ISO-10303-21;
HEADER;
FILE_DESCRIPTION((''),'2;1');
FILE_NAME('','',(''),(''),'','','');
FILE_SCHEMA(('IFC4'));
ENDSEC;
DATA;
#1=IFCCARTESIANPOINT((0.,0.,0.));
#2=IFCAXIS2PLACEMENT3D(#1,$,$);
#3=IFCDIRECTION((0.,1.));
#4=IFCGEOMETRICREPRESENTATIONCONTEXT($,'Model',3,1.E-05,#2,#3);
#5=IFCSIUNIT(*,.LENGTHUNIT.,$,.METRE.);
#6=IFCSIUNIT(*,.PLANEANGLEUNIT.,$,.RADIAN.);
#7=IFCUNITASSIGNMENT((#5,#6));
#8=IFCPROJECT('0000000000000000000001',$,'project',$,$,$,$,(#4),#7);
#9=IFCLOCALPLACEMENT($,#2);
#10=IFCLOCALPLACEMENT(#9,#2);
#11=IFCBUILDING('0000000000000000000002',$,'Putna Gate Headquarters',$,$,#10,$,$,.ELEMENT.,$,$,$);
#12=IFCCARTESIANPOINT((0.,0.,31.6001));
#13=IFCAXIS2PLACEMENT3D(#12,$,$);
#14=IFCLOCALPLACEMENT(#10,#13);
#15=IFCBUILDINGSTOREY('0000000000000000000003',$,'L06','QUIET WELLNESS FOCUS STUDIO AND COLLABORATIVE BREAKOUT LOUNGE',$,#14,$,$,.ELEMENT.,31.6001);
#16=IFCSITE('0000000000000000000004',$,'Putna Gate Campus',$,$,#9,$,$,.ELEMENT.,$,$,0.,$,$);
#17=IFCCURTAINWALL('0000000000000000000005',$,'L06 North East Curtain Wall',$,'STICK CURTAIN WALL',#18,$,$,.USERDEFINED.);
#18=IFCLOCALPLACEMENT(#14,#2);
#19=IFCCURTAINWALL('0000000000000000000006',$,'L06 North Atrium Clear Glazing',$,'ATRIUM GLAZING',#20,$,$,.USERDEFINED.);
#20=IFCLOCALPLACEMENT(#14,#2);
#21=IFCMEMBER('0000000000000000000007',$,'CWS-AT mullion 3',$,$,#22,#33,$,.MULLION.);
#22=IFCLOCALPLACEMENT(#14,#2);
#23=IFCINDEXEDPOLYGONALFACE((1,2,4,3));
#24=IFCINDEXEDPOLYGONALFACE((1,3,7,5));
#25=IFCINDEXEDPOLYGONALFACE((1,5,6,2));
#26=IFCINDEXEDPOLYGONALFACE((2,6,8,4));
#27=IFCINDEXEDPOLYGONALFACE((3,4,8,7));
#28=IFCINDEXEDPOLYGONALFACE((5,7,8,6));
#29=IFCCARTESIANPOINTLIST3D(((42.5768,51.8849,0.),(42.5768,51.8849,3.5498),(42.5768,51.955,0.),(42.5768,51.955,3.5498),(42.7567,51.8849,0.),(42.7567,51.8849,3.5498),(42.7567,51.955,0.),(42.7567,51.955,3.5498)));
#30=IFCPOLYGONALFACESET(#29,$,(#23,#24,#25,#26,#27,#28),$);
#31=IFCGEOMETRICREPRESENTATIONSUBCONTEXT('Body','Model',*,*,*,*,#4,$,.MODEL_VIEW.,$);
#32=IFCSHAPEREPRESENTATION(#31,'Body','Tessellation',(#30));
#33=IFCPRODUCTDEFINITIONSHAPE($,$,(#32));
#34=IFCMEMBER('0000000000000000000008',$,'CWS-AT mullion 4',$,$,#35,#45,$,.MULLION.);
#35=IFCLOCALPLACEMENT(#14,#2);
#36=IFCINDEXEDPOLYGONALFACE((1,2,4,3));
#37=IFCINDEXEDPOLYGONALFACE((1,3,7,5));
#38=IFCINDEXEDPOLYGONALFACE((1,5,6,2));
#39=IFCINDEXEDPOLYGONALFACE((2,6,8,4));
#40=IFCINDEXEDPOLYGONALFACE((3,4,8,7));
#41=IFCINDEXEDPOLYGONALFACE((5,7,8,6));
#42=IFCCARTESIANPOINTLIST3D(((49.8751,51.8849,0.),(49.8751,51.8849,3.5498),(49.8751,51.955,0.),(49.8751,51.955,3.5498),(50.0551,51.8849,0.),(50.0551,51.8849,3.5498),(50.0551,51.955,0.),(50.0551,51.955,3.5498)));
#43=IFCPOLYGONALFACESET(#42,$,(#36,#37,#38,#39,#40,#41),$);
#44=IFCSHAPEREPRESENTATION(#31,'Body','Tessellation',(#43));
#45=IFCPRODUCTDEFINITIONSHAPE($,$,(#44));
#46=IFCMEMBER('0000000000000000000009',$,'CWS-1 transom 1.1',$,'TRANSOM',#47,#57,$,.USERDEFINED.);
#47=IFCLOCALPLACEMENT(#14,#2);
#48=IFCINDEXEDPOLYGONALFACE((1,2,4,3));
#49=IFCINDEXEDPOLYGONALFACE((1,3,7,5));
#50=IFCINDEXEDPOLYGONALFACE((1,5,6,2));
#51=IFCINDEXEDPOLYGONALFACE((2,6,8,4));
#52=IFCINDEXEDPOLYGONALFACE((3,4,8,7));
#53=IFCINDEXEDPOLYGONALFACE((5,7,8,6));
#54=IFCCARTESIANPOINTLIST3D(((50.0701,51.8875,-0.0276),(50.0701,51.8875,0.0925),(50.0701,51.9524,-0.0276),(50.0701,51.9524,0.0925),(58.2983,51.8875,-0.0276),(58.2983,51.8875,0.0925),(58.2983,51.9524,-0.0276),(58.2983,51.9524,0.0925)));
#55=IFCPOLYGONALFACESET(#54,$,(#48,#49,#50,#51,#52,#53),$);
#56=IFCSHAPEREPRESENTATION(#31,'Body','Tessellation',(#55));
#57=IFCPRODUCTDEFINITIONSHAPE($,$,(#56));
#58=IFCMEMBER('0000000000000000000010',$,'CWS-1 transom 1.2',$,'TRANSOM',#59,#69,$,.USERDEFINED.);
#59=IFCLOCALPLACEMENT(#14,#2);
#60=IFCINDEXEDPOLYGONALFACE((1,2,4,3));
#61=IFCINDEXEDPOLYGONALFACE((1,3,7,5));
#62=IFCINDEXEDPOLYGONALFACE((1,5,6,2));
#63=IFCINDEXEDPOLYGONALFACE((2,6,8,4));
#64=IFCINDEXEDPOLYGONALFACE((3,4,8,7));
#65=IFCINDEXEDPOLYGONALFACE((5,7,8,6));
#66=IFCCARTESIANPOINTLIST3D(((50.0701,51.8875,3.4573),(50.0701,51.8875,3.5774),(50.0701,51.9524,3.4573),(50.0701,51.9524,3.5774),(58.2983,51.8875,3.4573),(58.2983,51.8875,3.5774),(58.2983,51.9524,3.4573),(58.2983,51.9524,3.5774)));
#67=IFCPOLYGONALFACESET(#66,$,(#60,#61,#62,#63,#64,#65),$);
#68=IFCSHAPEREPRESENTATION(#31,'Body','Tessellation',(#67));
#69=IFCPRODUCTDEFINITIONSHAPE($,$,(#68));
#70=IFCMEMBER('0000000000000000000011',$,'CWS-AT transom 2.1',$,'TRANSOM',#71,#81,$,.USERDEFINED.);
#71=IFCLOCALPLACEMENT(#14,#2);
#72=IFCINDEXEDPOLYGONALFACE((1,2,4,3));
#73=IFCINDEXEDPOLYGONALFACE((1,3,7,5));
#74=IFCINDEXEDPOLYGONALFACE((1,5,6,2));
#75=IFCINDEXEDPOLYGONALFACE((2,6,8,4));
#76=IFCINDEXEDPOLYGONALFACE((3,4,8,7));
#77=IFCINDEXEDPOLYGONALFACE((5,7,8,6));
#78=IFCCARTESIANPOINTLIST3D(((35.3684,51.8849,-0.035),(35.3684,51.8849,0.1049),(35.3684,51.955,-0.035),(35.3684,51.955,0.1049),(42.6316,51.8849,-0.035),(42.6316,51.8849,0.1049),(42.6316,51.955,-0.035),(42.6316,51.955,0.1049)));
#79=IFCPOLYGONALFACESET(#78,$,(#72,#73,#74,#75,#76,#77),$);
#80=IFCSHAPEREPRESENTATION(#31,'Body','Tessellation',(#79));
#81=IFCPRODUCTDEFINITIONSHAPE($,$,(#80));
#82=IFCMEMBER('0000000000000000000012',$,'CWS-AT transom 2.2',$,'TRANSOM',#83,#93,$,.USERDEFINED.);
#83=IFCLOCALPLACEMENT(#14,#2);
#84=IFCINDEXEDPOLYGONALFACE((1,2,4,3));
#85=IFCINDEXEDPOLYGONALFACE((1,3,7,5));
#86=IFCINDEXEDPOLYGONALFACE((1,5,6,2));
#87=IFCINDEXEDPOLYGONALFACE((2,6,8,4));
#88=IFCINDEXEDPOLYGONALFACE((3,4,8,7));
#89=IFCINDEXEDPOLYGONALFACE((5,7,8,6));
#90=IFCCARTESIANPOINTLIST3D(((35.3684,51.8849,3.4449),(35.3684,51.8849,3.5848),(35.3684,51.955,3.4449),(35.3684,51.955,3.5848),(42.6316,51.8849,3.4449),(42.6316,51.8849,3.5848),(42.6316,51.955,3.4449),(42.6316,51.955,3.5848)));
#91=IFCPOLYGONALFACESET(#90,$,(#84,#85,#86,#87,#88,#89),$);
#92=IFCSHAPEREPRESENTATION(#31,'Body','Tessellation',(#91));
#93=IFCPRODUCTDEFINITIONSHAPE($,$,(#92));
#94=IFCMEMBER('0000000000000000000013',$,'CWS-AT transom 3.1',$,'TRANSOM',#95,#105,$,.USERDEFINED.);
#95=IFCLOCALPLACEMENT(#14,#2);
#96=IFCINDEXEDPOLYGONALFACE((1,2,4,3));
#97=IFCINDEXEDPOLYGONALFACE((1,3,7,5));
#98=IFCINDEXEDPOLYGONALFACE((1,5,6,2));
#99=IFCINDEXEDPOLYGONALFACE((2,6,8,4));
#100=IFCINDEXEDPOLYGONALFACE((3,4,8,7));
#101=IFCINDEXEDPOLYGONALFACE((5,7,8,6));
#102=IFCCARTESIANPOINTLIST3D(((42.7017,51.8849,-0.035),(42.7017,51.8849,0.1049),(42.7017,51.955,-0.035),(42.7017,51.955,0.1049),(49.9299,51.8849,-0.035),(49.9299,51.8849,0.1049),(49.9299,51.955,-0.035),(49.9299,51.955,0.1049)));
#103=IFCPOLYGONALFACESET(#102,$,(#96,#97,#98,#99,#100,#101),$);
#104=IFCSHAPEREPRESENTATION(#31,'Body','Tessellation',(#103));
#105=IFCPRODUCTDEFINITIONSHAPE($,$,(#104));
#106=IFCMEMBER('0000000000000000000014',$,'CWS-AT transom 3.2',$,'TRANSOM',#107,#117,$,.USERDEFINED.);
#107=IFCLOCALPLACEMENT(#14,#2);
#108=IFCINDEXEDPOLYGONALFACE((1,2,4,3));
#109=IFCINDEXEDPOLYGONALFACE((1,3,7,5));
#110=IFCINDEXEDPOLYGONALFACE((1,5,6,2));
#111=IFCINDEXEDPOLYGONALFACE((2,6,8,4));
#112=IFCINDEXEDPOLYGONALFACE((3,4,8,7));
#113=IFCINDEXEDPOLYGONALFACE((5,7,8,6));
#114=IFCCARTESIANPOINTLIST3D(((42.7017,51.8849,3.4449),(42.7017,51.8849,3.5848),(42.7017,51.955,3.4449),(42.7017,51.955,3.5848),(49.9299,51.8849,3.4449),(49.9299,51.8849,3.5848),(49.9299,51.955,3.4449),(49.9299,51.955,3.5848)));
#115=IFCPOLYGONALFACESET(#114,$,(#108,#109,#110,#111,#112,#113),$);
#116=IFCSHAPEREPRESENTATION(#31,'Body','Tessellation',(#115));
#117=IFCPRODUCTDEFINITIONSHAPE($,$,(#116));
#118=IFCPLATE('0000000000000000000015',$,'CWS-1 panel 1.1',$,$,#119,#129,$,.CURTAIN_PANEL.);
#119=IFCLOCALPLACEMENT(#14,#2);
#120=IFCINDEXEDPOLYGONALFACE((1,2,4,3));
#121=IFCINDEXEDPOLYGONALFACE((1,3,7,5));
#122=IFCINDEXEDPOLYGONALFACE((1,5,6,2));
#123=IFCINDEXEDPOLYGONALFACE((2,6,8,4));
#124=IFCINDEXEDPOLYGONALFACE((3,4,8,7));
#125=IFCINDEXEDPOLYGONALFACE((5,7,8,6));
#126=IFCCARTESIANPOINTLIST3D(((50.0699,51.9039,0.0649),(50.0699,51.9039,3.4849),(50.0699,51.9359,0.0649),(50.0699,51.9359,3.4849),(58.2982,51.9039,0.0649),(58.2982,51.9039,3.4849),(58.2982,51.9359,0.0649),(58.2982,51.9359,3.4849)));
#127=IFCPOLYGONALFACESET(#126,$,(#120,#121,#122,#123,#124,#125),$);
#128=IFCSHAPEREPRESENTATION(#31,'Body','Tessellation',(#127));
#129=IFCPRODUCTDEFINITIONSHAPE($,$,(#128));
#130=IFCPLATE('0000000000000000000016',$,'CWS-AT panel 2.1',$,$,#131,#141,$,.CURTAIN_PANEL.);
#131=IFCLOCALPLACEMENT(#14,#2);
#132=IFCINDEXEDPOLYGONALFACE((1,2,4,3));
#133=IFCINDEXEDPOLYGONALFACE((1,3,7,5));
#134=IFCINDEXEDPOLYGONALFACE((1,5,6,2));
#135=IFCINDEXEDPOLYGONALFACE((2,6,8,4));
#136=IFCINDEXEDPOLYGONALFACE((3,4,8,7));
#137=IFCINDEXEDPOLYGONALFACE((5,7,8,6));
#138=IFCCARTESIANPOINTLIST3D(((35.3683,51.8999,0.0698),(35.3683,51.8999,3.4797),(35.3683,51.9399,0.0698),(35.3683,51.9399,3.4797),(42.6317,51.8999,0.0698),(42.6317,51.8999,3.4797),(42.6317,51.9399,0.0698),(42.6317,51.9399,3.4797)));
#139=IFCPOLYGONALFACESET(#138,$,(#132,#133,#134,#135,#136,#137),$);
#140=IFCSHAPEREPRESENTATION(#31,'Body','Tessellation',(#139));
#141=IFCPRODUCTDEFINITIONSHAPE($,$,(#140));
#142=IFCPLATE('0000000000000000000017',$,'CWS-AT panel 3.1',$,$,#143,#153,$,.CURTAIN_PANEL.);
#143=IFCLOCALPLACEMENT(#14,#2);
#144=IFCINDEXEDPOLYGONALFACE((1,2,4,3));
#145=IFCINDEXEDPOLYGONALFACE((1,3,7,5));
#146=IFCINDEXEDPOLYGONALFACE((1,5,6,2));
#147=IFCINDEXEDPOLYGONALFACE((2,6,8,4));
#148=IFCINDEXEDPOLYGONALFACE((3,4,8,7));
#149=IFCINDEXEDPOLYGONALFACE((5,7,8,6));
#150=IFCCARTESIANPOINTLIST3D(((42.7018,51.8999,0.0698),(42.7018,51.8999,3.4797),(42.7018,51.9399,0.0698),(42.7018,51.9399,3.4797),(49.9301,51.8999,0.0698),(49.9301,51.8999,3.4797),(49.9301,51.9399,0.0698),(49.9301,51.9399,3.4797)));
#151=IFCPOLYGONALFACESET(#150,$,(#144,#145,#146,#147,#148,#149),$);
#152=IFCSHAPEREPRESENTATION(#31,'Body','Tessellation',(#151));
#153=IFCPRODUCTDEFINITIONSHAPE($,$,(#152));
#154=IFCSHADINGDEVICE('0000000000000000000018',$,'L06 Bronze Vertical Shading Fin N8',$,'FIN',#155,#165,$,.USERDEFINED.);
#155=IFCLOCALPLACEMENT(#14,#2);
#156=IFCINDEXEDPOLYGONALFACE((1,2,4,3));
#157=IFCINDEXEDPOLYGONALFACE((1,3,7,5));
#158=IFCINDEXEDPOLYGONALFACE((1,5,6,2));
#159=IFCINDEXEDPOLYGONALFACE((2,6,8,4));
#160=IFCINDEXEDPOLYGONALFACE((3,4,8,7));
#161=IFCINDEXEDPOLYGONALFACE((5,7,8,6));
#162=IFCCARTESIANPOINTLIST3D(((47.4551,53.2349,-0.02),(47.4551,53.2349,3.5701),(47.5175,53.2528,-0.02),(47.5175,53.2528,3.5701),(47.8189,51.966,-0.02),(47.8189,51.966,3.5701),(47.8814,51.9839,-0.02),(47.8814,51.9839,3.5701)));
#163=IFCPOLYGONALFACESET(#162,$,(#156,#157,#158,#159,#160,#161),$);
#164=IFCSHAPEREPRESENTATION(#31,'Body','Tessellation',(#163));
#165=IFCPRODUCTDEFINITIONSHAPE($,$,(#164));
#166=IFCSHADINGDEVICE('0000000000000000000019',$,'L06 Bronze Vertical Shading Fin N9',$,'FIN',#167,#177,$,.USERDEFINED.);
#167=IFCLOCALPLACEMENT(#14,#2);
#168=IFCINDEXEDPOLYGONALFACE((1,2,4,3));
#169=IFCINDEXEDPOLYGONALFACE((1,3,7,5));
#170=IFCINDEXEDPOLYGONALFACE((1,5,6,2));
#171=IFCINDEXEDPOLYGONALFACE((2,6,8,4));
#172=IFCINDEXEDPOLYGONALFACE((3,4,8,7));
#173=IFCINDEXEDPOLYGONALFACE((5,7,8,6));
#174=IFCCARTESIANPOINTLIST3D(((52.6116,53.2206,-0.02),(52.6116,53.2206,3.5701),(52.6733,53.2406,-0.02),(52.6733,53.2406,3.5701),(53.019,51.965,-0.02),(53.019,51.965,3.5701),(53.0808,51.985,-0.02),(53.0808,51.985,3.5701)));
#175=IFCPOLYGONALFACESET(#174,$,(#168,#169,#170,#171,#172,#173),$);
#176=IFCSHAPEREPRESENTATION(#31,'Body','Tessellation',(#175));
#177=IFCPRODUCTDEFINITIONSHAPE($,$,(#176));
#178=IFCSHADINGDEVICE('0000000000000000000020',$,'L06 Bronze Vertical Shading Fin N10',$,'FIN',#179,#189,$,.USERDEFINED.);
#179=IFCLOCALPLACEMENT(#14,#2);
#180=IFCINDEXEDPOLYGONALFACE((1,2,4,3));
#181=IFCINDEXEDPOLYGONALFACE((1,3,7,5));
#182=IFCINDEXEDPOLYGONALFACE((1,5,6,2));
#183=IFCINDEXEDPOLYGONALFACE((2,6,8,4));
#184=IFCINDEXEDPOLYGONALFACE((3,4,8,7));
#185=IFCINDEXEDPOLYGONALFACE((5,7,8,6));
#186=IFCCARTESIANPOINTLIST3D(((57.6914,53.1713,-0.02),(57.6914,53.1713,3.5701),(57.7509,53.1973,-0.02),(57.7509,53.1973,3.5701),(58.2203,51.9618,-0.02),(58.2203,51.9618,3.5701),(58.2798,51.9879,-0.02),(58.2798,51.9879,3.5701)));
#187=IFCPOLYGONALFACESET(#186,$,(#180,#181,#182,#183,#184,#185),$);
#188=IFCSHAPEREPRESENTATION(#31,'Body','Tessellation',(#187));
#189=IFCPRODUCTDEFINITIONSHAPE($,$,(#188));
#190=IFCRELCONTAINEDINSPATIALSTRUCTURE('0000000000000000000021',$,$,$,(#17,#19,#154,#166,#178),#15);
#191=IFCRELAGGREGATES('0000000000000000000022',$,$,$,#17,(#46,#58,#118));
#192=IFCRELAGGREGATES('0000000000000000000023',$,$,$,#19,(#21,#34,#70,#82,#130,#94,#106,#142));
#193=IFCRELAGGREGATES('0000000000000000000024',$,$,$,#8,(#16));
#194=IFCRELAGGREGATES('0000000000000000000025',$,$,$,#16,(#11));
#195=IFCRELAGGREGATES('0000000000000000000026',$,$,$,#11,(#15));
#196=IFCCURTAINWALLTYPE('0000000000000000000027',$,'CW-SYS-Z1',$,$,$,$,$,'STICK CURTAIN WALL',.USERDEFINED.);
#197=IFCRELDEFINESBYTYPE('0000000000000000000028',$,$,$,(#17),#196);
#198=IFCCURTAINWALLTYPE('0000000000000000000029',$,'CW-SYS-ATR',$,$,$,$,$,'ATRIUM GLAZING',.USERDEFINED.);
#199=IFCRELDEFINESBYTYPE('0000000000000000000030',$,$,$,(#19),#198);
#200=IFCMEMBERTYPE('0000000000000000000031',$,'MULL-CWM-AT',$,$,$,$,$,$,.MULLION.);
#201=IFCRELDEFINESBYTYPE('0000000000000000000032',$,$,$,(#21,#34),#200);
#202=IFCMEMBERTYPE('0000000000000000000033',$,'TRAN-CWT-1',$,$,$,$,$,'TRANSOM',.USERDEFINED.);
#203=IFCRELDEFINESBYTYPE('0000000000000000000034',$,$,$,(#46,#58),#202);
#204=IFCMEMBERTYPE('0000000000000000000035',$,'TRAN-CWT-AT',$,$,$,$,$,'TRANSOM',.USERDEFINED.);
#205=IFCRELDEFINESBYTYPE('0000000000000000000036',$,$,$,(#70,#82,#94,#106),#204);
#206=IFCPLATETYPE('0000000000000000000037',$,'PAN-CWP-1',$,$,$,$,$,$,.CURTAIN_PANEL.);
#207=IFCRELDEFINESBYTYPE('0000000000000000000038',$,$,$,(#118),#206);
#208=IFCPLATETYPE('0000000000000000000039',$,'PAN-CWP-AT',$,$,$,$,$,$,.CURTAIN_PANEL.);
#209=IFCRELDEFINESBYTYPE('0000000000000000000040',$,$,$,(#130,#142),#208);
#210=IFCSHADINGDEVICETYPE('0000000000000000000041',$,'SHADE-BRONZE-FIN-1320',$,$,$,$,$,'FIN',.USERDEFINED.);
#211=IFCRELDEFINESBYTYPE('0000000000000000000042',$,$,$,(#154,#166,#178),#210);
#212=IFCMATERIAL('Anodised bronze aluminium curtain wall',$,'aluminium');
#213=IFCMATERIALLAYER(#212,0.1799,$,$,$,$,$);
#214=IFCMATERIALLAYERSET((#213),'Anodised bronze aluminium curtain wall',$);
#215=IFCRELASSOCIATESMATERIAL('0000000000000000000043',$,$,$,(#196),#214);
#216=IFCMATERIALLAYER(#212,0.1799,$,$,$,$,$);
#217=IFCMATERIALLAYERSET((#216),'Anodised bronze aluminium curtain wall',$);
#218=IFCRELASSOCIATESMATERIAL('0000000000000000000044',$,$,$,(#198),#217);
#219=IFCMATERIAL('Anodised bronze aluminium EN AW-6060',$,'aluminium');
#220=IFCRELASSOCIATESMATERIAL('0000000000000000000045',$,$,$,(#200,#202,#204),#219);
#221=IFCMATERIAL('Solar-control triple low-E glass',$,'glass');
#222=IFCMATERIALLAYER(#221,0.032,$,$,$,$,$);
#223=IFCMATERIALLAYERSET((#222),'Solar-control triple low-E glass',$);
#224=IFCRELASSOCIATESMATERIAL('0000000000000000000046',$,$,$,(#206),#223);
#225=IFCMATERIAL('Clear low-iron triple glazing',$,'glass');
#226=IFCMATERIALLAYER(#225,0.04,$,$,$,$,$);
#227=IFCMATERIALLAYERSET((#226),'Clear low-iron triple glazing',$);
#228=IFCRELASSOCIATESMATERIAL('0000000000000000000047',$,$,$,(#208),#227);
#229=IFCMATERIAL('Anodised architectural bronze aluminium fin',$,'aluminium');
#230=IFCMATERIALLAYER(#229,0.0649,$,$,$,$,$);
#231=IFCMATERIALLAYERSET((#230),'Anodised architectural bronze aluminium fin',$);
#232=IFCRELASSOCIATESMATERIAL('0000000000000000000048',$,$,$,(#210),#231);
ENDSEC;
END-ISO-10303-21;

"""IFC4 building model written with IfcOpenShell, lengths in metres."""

from ifc_helpers import new_model, si_unit, direction, frame, origin, origin_2d, place, context, subcontext, project, spatial, rectangle, extrude, material, layer, layer_set, material_profile, profile_set, type_object, element, aggregate, save


model = new_model("IFC4")

# Units and contexts
model_context = context("Model", 3, precision=1e-05, world=origin(), true_north=direction((0.0, 1.0)))
body_context = subcontext(model_context, "Body", "Model", "MODEL_VIEW")
ifc_project = project(units=[si_unit("LENGTHUNIT", "METRE"), si_unit("PLANEANGLEUNIT", "RADIAN")], contexts=[model_context])

# Site, building, storey
site_placement = place(None, origin())
site = spatial("IfcSite", under=ifc_project, at=site_placement, Name="Putna Gate Campus", CompositionType="ELEMENT", RefElevation=0.0)
building_placement = place(site_placement, origin())
building = spatial("IfcBuilding", under=site, at=building_placement, Name="Putna Gate Headquarters", CompositionType="ELEMENT")
storey_placement = place(building_placement, frame((0.0, 0.0, 31.6001)))
storey = spatial("IfcBuildingStorey", under=building, at=storey_placement, Name="L06", Description="QUIET WELLNESS FOCUS STUDIO AND COLLABORATIVE BREAKOUT LOUNGE", CompositionType="ELEMENT", Elevation=31.6001)

# Curtain wall
ifc_material_1 = material(Name="Anodised bronze aluminium curtain wall", Category="aluminium")
ifc_layer_1 = layer(ifc_material_1, 0.1799)
ifc_layer_set_1 = layer_set([ifc_layer_1], Name="Anodised bronze aluminium curtain wall")
curtain_wall_type_1 = type_object("IfcCurtainWallType", Name="CW-SYS-Z1", ElementType="STICK CURTAIN WALL", PredefinedType="USERDEFINED", material=ifc_layer_set_1)
curtain_wall_1_placement = place(storey_placement, origin())
curtain_wall_1 = element("IfcCurtainWall", 1, at=curtain_wall_1_placement, inside=storey, type_object=curtain_wall_type_1, Name="L06 North East Curtain Wall", ObjectType="STICK CURTAIN WALL", PredefinedType="USERDEFINED")
ifc_material_2 = material(Name="Anodised bronze aluminium EN AW-6060", Category="aluminium")

# Curtain wall, members
ifc_layer_2 = layer(ifc_material_1, 0.1799)
ifc_layer_set_2 = layer_set([ifc_layer_2], Name="Anodised bronze aluminium curtain wall")
curtain_wall_type_2 = type_object("IfcCurtainWallType", Name="CW-SYS-ATR", ElementType="ATRIUM GLAZING", PredefinedType="USERDEFINED", material=ifc_layer_set_2)
curtain_wall_2_placement = place(storey_placement, origin())
curtain_wall_2 = element("IfcCurtainWall", 2, at=curtain_wall_2_placement, inside=storey, type_object=curtain_wall_type_2, Name="L06 North Atrium Clear Glazing", ObjectType="ATRIUM GLAZING", PredefinedType="USERDEFINED")
ifc_material_profile_1 = material_profile(ifc_material_2, rectangle(XDim=0.0701, YDim=0.1799, at=origin_2d()), Name="Anodised bronze aluminium EN AW-6060")
ifc_profile_set_1 = profile_set([ifc_material_profile_1], Name="Anodised bronze aluminium EN AW-6060")
member_type_1 = type_object("IfcMemberType", Name="MULL-CWM-AT", PredefinedType="MULLION", material=ifc_profile_set_1)
member_1_placement = place(storey_placement, frame((42.6667, 51.9199, 0.0), z_axis=(0.0, 0.0, 1.0), x_axis=(0.0, 1.0, 0.0)))
member_1 = element("IfcMember", 3, at=member_1_placement, type_object=member_type_1, Name="CWS-AT mullion 3", PredefinedType="MULLION", context=body_context, shape_type="SweptSolid", body=[
    extrude(rectangle(XDim=0.0701, YDim=0.1799, at=origin_2d()), origin(), (0.0, 0.0, 1.0), 3.5498),
])
member_2_placement = place(storey_placement, frame((49.9651, 51.9199, 0.0), z_axis=(0.0, 0.0, 1.0), x_axis=(0.0, 1.0, 0.0)))
member_2 = element("IfcMember", 4, at=member_2_placement, type_object=member_type_1, Name="CWS-AT mullion 4", PredefinedType="MULLION", context=body_context, shape_type="SweptSolid", body=[
    extrude(rectangle(XDim=0.0701, YDim=0.1799, at=origin_2d()), origin(), (0.0, 0.0, 1.0), 3.5498),
])

# Members
ifc_material_profile_2 = material_profile(ifc_material_2, rectangle(XDim=0.0649, YDim=0.1201, at=origin_2d()), Name="Anodised bronze aluminium EN AW-6060")
ifc_profile_set_2 = profile_set([ifc_material_profile_2], Name="Anodised bronze aluminium EN AW-6060")
member_type_2 = type_object("IfcMemberType", Name="TRAN-CWT-1", ElementType="TRANSOM", PredefinedType="USERDEFINED", material=ifc_profile_set_2)
member_3_placement = place(storey_placement, frame((50.0701, 51.9199, 0.0325), z_axis=(1.0, 0.0, 0.0), x_axis=(0.0, 1.0, 0.0)))
member_3 = element("IfcMember", 5, at=member_3_placement, type_object=member_type_2, Name="CWS-1 transom 1.1", ObjectType="TRANSOM", PredefinedType="USERDEFINED", context=body_context, shape_type="SweptSolid", body=[
    extrude(rectangle(XDim=0.0649, YDim=0.1201, at=origin_2d()), origin(), (0.0, 0.0, 1.0), 8.2283),
])
member_4_placement = place(storey_placement, frame((50.0701, 51.9199, 3.5173), z_axis=(1.0, 0.0, 0.0), x_axis=(0.0, 1.0, 0.0)))
member_4 = element("IfcMember", 6, at=member_4_placement, type_object=member_type_2, Name="CWS-1 transom 1.2", ObjectType="TRANSOM", PredefinedType="USERDEFINED", context=body_context, shape_type="SweptSolid", body=[
    extrude(rectangle(XDim=0.0649, YDim=0.1201, at=origin_2d()), origin(), (0.0, 0.0, 1.0), 8.2283),
])
ifc_material_profile_3 = material_profile(ifc_material_2, rectangle(XDim=0.0701, YDim=0.1399, at=origin_2d()), Name="Anodised bronze aluminium EN AW-6060")
ifc_profile_set_3 = profile_set([ifc_material_profile_3], Name="Anodised bronze aluminium EN AW-6060")
member_type_3 = type_object("IfcMemberType", Name="TRAN-CWT-AT", ElementType="TRANSOM", PredefinedType="USERDEFINED", material=ifc_profile_set_3)
member_5_placement = place(storey_placement, frame((35.3684, 51.9199, 0.0349), z_axis=(1.0, 0.0, 0.0), x_axis=(0.0, 1.0, 0.0)))
member_5 = element("IfcMember", 7, at=member_5_placement, type_object=member_type_3, Name="CWS-AT transom 2.1", ObjectType="TRANSOM", PredefinedType="USERDEFINED", context=body_context, shape_type="SweptSolid", body=[
    extrude(rectangle(XDim=0.0701, YDim=0.1399, at=origin_2d()), origin(), (0.0, 0.0, 1.0), 7.2632),
])
member_6_placement = place(storey_placement, frame((35.3684, 51.9199, 3.5149), z_axis=(1.0, 0.0, 0.0), x_axis=(0.0, 1.0, 0.0)))
member_6 = element("IfcMember", 8, at=member_6_placement, type_object=member_type_3, Name="CWS-AT transom 2.2", ObjectType="TRANSOM", PredefinedType="USERDEFINED", context=body_context, shape_type="SweptSolid", body=[
    extrude(rectangle(XDim=0.0701, YDim=0.1399, at=origin_2d()), origin(), (0.0, 0.0, 1.0), 7.2632),
])
member_7_placement = place(storey_placement, frame((42.7017, 51.9199, 0.0349), z_axis=(1.0, 0.0, 0.0), x_axis=(0.0, 1.0, 0.0)))
member_7 = element("IfcMember", 9, at=member_7_placement, type_object=member_type_3, Name="CWS-AT transom 3.1", ObjectType="TRANSOM", PredefinedType="USERDEFINED", context=body_context, shape_type="SweptSolid", body=[
    extrude(rectangle(XDim=0.0701, YDim=0.1399, at=origin_2d()), origin(), (0.0, 0.0, 1.0), 7.2283),
])
member_8_placement = place(storey_placement, frame((42.7017, 51.9199, 3.5149), z_axis=(1.0, 0.0, 0.0), x_axis=(0.0, 1.0, 0.0)))
member_8 = element("IfcMember", 10, at=member_8_placement, type_object=member_type_3, Name="CWS-AT transom 3.2", ObjectType="TRANSOM", PredefinedType="USERDEFINED", context=body_context, shape_type="SweptSolid", body=[
    extrude(rectangle(XDim=0.0701, YDim=0.1399, at=origin_2d()), origin(), (0.0, 0.0, 1.0), 7.2283),
])

# Plates
ifc_material_3 = material(Name="Solar-control triple low-E glass", Category="glass")
ifc_layer_3 = layer(ifc_material_3, 0.032)
ifc_layer_set_3 = layer_set([ifc_layer_3], Name="Solar-control triple low-E glass")
plate_type_1 = type_object("IfcPlateType", Name="PAN-CWP-1", PredefinedType="CURTAIN_PANEL", material=ifc_layer_set_3)
plate_1_placement = place(storey_placement, frame((54.1841, 51.9199, 0.0649), z_axis=(0.0, 0.0, 1.0), x_axis=(1.0, 0.0, 0.0)))
plate_1 = element("IfcPlate", 11, at=plate_1_placement, type_object=plate_type_1, Name="CWS-1 panel 1.1", PredefinedType="CURTAIN_PANEL", context=body_context, shape_type="SweptSolid", body=[
    extrude(rectangle(XDim=8.2283, YDim=0.032, at=origin_2d()), origin(), (0.0, 0.0, 1.0), 3.4199),
])
aggregate(curtain_wall_1, [member_3, member_4, plate_1])
ifc_material_4 = material(Name="Clear low-iron triple glazing", Category="glass")
ifc_layer_4 = layer(ifc_material_4, 0.04)
ifc_layer_set_4 = layer_set([ifc_layer_4], Name="Clear low-iron triple glazing")
plate_type_2 = type_object("IfcPlateType", Name="PAN-CWP-AT", PredefinedType="CURTAIN_PANEL", material=ifc_layer_set_4)
plate_2_placement = place(storey_placement, frame((39.0, 51.9199, 0.0698), z_axis=(0.0, 0.0, 1.0), x_axis=(1.0, 0.0, 0.0)))
plate_2 = element("IfcPlate", 12, at=plate_2_placement, type_object=plate_type_2, Name="CWS-AT panel 2.1", PredefinedType="CURTAIN_PANEL", context=body_context, shape_type="SweptSolid", body=[
    extrude(rectangle(XDim=7.2634, YDim=0.04, at=origin_2d()), origin(), (0.0, 0.0, 1.0), 3.4099),
])
plate_3_placement = place(storey_placement, frame((46.3159, 51.9199, 0.0698), z_axis=(0.0, 0.0, 1.0), x_axis=(1.0, 0.0, 0.0)))
plate_3 = element("IfcPlate", 13, at=plate_3_placement, type_object=plate_type_2, Name="CWS-AT panel 3.1", PredefinedType="CURTAIN_PANEL", context=body_context, shape_type="SweptSolid", body=[
    extrude(rectangle(XDim=7.2283, YDim=0.04, at=origin_2d()), origin(), (0.0, 0.0, 1.0), 3.4099),
])
aggregate(curtain_wall_2, [member_1, member_2, member_5, member_6, plate_2, member_7, member_8, plate_3])

# Shading devices
ifc_material_5 = material(Name="Anodised architectural bronze aluminium fin", Category="aluminium")
ifc_layer_5 = layer(ifc_material_5, 0.0649)
ifc_layer_set_5 = layer_set([ifc_layer_5], Name="Anodised architectural bronze aluminium fin")
shading_device_type = type_object("IfcShadingDeviceType", Name="SHADE-BRONZE-FIN-1320", ElementType="FIN", PredefinedType="USERDEFINED", material=ifc_layer_set_5)
for number, where, z_axis, x_axis, name in (
    (14, (47.6682, 52.6094, -0.02), (0.0, 0.0, 1.0), (-0.275637, 0.961262, 0.0), "L06 Bronze Vertical Shading Fin N8"),
    (15, (52.8462, 52.6028, -0.02), (0.0, 0.0, 1.0), (-0.308685, 0.951164, 0.0), "L06 Bronze Vertical Shading Fin N9"),
    (16, (57.9856, 52.5796, -0.02), (0.0, 0.0, 1.0), (-0.400669, 0.916223, 0.0), "L06 Bronze Vertical Shading Fin N10"),
):
    element("IfcShadingDevice", number, at=place(storey_placement, frame(where, z_axis=z_axis, x_axis=x_axis)), inside=storey, type_object=shading_device_type, Name=name, ObjectType="FIN", PredefinedType="USERDEFINED", context=body_context, shape_type="SweptSolid", body=[
        extrude(rectangle(XDim=1.3201, YDim=0.0649, at=origin_2d()), origin(), (0.0, 0.0, 1.0), 3.5901),
    ])

save(model, "model.ifc")
